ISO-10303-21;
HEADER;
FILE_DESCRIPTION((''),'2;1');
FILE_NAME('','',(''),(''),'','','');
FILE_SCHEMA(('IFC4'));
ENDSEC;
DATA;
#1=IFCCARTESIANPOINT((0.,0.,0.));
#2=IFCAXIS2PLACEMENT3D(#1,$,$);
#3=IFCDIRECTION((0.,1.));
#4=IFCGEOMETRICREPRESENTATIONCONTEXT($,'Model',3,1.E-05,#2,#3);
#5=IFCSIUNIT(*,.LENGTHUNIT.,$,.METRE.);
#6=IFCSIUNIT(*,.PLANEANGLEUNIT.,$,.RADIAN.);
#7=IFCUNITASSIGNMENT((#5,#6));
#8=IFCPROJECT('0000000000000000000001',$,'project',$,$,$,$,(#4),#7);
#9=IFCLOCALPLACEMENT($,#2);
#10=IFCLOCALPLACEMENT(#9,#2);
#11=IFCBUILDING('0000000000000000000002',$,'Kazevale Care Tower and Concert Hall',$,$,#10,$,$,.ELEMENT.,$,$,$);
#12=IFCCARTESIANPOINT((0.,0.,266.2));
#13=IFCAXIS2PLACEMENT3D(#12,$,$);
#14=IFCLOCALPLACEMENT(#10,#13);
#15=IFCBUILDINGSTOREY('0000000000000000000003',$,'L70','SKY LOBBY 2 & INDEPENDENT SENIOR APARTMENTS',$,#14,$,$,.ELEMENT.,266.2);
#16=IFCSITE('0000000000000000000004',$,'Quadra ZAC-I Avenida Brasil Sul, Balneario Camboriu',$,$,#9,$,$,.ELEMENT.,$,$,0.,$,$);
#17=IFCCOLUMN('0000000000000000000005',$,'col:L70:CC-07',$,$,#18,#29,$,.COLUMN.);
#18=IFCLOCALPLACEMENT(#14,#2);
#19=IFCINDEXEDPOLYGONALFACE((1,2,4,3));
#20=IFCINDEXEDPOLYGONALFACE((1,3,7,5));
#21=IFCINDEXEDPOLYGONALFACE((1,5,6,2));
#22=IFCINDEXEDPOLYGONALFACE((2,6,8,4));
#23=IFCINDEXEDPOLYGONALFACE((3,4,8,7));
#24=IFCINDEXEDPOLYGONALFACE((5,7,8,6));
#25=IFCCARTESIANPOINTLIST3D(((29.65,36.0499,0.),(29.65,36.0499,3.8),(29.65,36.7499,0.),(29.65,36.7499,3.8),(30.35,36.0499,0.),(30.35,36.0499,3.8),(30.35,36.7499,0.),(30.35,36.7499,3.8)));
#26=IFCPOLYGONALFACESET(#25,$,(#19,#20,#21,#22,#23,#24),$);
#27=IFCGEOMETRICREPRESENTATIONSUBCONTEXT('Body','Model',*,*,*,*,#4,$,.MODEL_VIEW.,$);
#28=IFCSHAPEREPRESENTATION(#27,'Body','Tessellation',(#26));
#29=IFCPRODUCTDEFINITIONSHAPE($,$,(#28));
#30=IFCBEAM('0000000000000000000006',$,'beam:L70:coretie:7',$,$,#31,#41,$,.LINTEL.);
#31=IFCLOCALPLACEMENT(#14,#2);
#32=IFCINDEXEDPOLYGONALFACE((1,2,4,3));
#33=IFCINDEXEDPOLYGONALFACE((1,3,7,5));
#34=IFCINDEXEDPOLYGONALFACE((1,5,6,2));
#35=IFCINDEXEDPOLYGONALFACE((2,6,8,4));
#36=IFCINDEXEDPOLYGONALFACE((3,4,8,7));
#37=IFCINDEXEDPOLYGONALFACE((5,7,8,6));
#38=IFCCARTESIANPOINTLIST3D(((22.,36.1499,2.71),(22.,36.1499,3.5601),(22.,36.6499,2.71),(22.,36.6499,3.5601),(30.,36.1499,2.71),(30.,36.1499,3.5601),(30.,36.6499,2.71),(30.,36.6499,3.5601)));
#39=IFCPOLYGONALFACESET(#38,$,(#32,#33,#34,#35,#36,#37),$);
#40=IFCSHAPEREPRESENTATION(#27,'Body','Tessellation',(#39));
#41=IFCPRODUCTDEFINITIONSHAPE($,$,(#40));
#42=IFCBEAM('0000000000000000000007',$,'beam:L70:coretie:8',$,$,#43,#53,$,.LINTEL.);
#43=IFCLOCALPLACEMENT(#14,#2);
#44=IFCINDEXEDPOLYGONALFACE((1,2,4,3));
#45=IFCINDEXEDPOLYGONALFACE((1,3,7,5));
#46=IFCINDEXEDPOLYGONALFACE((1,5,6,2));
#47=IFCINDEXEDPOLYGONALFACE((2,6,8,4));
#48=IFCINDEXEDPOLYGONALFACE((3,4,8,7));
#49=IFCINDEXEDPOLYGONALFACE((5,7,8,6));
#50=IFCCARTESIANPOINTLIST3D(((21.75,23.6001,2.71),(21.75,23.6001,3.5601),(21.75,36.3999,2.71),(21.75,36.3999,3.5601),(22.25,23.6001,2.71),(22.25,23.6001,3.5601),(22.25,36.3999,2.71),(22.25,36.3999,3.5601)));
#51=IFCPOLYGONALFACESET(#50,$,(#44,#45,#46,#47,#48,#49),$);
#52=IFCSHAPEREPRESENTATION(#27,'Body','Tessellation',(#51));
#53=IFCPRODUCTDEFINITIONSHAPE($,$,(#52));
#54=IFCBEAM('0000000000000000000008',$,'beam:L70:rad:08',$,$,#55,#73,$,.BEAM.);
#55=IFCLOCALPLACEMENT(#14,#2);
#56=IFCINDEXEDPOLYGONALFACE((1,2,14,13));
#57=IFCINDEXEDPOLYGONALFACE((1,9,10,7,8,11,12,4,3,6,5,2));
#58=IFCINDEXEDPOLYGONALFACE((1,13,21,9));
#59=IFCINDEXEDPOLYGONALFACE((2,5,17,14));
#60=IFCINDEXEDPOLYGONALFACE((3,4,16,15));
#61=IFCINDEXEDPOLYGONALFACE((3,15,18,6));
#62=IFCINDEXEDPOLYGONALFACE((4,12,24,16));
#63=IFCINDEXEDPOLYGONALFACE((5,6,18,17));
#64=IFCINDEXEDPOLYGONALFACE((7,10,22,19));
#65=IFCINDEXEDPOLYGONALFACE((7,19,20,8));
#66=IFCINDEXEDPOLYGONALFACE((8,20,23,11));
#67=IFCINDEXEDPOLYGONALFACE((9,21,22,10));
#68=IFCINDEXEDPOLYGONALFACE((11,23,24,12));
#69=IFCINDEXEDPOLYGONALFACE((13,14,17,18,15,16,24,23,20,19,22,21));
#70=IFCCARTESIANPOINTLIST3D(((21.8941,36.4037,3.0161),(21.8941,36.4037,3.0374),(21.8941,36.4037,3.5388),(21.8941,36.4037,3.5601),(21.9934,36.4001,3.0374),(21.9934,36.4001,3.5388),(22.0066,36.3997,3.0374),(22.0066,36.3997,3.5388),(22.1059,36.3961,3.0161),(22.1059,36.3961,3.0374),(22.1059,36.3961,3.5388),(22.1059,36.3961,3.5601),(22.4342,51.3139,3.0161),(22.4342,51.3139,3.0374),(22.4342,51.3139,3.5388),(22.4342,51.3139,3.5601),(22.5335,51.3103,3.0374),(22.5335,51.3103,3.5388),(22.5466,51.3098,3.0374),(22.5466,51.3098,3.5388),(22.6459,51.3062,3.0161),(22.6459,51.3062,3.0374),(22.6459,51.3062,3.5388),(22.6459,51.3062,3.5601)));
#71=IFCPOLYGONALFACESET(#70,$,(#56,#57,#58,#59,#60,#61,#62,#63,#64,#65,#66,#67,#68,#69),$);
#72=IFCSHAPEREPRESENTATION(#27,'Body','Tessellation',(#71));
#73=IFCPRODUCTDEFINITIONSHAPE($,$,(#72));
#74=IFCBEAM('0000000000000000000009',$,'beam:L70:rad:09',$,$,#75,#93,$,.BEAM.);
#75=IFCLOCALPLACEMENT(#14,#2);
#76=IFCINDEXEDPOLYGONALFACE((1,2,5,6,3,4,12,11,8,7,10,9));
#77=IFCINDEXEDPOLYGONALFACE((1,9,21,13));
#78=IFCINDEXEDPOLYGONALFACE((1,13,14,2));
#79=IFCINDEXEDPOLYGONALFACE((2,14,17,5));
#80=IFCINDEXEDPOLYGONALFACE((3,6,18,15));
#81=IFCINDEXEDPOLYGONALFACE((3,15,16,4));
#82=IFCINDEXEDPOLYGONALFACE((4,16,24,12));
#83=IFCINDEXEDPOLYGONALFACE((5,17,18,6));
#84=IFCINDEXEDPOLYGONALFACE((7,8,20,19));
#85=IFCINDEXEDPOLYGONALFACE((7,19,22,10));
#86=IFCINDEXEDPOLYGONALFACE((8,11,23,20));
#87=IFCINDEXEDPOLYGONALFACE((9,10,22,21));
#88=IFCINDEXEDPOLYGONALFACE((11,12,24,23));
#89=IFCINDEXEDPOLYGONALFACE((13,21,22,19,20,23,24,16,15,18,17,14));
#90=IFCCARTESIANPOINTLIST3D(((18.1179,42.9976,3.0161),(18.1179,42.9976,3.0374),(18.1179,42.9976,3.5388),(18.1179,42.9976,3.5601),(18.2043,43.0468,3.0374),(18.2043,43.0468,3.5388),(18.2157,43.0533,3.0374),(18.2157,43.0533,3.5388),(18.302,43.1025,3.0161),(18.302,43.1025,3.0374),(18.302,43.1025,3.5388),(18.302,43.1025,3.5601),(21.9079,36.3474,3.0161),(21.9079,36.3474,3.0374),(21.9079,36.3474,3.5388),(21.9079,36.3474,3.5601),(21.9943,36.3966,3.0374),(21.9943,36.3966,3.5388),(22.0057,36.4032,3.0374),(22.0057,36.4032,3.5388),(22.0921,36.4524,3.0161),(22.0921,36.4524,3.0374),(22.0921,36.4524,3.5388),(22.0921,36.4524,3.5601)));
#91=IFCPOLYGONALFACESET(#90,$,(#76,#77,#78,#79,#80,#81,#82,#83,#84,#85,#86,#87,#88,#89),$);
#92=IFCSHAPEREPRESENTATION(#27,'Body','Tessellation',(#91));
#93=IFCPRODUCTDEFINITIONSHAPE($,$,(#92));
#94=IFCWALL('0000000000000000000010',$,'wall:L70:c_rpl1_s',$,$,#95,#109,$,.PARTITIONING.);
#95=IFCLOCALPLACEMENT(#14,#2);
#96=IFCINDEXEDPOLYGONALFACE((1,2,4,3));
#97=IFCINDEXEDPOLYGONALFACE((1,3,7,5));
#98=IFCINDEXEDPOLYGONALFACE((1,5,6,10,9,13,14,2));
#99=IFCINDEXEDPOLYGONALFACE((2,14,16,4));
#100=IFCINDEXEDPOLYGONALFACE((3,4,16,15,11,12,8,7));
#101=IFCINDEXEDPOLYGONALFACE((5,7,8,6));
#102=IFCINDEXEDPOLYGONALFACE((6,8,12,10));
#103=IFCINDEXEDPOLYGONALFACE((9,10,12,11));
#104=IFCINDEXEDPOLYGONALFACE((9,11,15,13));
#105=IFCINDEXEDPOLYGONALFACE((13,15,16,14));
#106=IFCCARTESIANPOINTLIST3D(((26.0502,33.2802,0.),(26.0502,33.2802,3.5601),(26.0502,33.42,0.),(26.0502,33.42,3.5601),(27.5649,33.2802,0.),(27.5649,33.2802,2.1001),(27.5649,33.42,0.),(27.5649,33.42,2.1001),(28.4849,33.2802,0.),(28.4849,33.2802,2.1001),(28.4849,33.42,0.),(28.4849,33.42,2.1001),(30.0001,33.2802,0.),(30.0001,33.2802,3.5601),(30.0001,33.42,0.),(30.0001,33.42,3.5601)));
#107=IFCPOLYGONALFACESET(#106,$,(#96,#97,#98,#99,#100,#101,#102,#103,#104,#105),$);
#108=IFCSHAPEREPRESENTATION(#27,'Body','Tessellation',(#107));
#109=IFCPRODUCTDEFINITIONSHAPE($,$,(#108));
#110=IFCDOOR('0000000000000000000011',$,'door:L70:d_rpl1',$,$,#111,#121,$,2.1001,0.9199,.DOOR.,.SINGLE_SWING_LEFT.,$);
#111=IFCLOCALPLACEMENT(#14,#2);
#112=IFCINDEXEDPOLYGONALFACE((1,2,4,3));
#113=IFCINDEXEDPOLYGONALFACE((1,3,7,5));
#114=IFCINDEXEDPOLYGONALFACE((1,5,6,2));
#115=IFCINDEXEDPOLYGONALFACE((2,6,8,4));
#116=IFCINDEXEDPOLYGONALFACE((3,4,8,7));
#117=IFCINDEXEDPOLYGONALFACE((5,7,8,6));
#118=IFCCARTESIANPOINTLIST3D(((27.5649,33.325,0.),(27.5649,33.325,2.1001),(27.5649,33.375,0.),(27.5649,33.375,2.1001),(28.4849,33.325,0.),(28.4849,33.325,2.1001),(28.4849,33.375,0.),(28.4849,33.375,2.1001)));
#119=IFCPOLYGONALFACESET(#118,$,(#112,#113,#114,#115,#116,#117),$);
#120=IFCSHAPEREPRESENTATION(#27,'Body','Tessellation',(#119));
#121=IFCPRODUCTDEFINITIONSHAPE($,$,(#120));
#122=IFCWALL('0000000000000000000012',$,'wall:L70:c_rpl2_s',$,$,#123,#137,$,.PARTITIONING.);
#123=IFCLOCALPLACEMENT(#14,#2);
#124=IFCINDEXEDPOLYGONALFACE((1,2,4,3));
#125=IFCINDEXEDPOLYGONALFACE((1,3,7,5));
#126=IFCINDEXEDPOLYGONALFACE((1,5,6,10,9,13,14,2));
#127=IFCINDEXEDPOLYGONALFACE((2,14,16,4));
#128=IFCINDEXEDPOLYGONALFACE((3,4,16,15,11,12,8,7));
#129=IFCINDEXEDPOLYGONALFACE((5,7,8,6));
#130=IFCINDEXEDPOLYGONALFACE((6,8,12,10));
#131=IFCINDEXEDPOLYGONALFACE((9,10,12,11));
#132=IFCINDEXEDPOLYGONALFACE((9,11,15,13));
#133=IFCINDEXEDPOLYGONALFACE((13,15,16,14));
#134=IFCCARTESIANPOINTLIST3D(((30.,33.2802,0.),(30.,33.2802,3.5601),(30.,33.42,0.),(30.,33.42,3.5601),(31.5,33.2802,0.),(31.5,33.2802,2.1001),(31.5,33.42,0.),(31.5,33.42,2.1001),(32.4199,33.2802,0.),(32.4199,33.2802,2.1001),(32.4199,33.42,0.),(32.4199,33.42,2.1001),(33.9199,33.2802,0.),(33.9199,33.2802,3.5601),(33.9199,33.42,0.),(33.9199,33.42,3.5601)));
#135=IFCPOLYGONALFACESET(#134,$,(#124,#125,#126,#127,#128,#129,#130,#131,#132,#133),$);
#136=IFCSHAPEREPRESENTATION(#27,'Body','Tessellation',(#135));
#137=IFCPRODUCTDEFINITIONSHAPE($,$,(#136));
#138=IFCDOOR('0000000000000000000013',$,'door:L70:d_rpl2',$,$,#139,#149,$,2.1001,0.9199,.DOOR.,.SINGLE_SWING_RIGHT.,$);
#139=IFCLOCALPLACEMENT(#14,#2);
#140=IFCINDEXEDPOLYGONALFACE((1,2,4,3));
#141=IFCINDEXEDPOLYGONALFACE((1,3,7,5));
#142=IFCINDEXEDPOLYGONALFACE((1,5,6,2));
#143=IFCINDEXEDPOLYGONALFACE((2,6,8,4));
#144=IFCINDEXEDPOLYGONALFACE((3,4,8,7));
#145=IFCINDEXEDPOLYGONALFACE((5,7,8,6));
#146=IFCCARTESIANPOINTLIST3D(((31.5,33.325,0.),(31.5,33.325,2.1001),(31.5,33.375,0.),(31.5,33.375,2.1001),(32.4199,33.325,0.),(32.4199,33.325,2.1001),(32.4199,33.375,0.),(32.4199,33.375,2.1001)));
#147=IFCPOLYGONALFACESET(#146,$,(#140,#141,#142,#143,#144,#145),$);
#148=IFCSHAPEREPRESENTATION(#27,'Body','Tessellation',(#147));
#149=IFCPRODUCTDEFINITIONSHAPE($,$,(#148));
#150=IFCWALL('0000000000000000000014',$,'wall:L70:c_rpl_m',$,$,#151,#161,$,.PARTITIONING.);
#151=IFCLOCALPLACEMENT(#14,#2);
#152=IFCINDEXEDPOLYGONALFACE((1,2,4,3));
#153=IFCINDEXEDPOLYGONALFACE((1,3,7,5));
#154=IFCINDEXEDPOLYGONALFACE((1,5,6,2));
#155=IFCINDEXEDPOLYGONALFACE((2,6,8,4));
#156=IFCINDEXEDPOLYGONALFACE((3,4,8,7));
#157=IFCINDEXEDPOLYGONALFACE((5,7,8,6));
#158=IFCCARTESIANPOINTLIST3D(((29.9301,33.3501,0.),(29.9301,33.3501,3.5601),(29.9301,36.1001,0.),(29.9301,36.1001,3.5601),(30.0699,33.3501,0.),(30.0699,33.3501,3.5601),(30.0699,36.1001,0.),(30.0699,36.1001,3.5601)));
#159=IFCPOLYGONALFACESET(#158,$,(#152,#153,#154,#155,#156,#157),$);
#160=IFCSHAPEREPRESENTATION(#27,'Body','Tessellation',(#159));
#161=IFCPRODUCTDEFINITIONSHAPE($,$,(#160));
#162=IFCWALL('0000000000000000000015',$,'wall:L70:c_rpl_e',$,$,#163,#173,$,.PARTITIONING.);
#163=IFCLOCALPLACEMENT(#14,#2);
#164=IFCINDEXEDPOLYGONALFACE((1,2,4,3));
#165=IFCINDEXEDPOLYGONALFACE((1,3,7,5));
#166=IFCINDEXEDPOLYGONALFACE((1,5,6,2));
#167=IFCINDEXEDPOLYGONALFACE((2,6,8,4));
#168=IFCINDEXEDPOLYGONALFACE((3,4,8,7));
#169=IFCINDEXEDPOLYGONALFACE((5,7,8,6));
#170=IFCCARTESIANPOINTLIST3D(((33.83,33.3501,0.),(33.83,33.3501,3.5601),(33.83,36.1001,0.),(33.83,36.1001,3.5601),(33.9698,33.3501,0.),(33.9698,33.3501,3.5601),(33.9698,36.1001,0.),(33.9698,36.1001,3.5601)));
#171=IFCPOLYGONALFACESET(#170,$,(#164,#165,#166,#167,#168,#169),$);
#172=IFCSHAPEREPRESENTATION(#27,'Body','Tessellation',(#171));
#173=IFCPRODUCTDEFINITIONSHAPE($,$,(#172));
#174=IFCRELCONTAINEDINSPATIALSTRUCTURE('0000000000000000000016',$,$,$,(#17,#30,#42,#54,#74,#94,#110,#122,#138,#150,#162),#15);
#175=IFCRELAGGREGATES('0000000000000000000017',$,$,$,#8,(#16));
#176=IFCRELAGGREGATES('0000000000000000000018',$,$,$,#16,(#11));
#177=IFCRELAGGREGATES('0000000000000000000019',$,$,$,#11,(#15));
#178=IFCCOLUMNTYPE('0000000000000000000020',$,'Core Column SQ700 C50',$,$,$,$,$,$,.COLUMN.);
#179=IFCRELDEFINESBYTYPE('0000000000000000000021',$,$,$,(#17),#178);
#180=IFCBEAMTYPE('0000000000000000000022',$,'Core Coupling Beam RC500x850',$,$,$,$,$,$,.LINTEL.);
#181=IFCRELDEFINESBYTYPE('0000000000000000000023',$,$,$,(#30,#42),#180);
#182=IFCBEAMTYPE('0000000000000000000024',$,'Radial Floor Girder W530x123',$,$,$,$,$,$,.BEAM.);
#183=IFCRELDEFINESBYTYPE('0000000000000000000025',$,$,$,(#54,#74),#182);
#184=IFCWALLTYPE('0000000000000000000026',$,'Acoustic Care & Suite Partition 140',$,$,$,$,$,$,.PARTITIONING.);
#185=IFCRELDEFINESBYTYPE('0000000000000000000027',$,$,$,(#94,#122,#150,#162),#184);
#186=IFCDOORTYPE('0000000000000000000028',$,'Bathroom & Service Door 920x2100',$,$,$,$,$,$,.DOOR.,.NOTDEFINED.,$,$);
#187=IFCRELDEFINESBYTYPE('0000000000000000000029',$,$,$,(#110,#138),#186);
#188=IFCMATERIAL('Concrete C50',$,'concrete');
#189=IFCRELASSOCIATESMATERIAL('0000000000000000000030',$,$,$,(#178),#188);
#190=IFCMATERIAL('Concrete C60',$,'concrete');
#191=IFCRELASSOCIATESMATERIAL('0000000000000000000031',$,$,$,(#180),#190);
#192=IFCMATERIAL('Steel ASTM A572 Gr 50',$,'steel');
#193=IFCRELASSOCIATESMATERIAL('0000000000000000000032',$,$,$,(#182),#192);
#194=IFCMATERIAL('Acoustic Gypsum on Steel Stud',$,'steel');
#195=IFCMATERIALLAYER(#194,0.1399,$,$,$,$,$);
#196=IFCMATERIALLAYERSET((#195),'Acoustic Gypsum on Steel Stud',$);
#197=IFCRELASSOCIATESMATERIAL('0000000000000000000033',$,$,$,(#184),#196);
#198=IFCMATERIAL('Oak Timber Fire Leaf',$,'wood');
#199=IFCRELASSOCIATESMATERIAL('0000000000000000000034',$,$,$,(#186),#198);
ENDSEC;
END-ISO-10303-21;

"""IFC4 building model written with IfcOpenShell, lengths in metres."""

from ifc_helpers import new_model, si_unit, direction, frame, frame_2d, origin, origin_2d, place, context, subcontext, project, spatial, rectangle, i_section, extrude, material, layer, layer_set, material_profile, profile_set, type_object, element, fill, save


model = new_model("IFC4")

# Units and contexts
model_context = context("Model", 3, precision=1e-05, world=origin(), true_north=direction((0.0, 1.0)))
body_context = subcontext(model_context, "Body", "Model", "MODEL_VIEW")
ifc_project = project(units=[si_unit("LENGTHUNIT", "METRE"), si_unit("PLANEANGLEUNIT", "RADIAN")], contexts=[model_context])

# Site, building, storey
site_placement = place(None, origin())
site = spatial("IfcSite", under=ifc_project, at=site_placement, Name="Quadra ZAC-I Avenida Brasil Sul, Balneario Camboriu", CompositionType="ELEMENT", RefElevation=0.0)
building_placement = place(site_placement, origin())
building = spatial("IfcBuilding", under=site, at=building_placement, Name="Kazevale Care Tower and Concert Hall", CompositionType="ELEMENT")
storey_placement = place(building_placement, frame((0.0, 0.0, 266.2)))
storey = spatial("IfcBuildingStorey", under=building, at=storey_placement, Name="L70", Description="SKY LOBBY 2 & INDEPENDENT SENIOR APARTMENTS", CompositionType="ELEMENT", Elevation=266.2)

# Column
ifc_material_1 = material(Name="Concrete C50", Category="concrete")
ifc_material_profile_1 = material_profile(ifc_material_1, rectangle(XDim=0.7, YDim=0.7, at=origin_2d()), Name="RC-SQ700")
ifc_profile_set_1 = profile_set([ifc_material_profile_1], Name="Concrete C50")
column_type = type_object("IfcColumnType", Name="Core Column SQ700 C50", PredefinedType="COLUMN", material=ifc_profile_set_1)
column_placement = place(storey_placement, frame((30.0, 36.3999, 0.0), z_axis=(0.0, 0.0, 1.0), x_axis=(1.0, 0.0, 0.0)))
element("IfcColumn", 1, at=column_placement, inside=storey, type_object=column_type, Name="col:L70:CC-07", PredefinedType="COLUMN", context=body_context, shape_type="SweptSolid", body=[
    extrude(rectangle(XDim=0.7, YDim=0.7, at=origin_2d()), origin(), (0.0, 0.0, 1.0), 3.8),
])

# Beams
ifc_material_2 = material(Name="Concrete C60", Category="concrete")
ifc_material_profile_2 = material_profile(ifc_material_2, rectangle(XDim=0.5, YDim=0.8501, at=origin_2d()), Name="RC-B500x850")
ifc_profile_set_2 = profile_set([ifc_material_profile_2], Name="Concrete C60")
beam_type_1 = type_object("IfcBeamType", Name="Core Coupling Beam RC500x850", PredefinedType="LINTEL", material=ifc_profile_set_2)
beam_1_placement = place(storey_placement, frame((30.0, 36.3999, 3.135), z_axis=(-1.0, 0.0, 0.0), x_axis=(0.0, -1.0, 0.0)))
element("IfcBeam", 2, at=beam_1_placement, inside=storey, type_object=beam_type_1, Name="beam:L70:coretie:7", PredefinedType="LINTEL", context=body_context, shape_type="SweptSolid", body=[
    extrude(rectangle(XDim=0.5, YDim=0.8501, at=origin_2d()), origin(), (0.0, 0.0, 1.0), 8.0),
])
beam_2_placement = place(storey_placement, frame((22.0, 36.3999, 3.135), z_axis=(0.0, -1.0, 0.0), x_axis=(1.0, 0.0, 0.0)))
element("IfcBeam", 3, at=beam_2_placement, inside=storey, type_object=beam_type_1, Name="beam:L70:coretie:8", PredefinedType="LINTEL", context=body_context, shape_type="SweptSolid", body=[
    extrude(rectangle(XDim=0.5, YDim=0.8501, at=origin_2d()), origin(), (0.0, 0.0, 1.0), 12.7998),
])
ifc_material_3 = material(Name="Steel ASTM A572 Gr 50", Category="steel")
ifc_material_profile_3 = material_profile(ifc_material_3, i_section(OverallWidth=0.2119, OverallDepth=0.5439, WebThickness=0.0132, FlangeThickness=0.0212, at=origin_2d()), Name="W530x123")
ifc_profile_set_3 = profile_set([ifc_material_profile_3], Name="Steel ASTM A572 Gr 50")
beam_type_2 = type_object("IfcBeamType", Name="Radial Floor Girder W530x123", PredefinedType="BEAM", material=ifc_profile_set_3)
beam_3_placement = place(storey_placement, frame((22.0, 36.3999, 3.2881), z_axis=(0.036196, 0.999345, 0.0), x_axis=(-0.999345, 0.036196, 0.0)))
element("IfcBeam", 4, at=beam_3_placement, inside=storey, type_object=beam_type_2, Name="beam:L70:rad:08", PredefinedType="BEAM", context=body_context, shape_type="SweptSolid", body=[
    extrude(i_section(OverallWidth=0.2119, OverallDepth=0.5439, WebThickness=0.0132, FlangeThickness=0.0212, at=origin_2d()), origin(), (0.0, 0.0, 1.0), 14.9199),
])
beam_4_placement = place(storey_placement, frame((22.0, 36.3999, 3.2881), z_axis=(-0.495149, 0.868808, 0.0), x_axis=(-0.868808, -0.495149, 0.0)))
element("IfcBeam", 5, at=beam_4_placement, inside=storey, type_object=beam_type_2, Name="beam:L70:rad:09", PredefinedType="BEAM", context=body_context, shape_type="SweptSolid", body=[
    extrude(i_section(OverallWidth=0.2119, OverallDepth=0.5439, WebThickness=0.0132, FlangeThickness=0.0212, at=origin_2d()), origin(), (0.0, 0.0, 1.0), 7.6543),
])

# Walls, openings, doors
ifc_material_4 = material(Name="Acoustic Gypsum on Steel Stud", Category="steel")
ifc_layer_1 = layer(ifc_material_4, 0.1399)
ifc_layer_set_1 = layer_set([ifc_layer_1], Name="Acoustic Gypsum on Steel Stud")
wall_type_1 = type_object("IfcWallType", Name="Acoustic Care & Suite Partition 140", PredefinedType="PARTITIONING", material=ifc_layer_set_1)
wall_1_placement = place(storey_placement, frame((26.05, 33.3501, 0.0), z_axis=(0.0, 0.0, 1.0), x_axis=(1.0, 0.0, 0.0)))
wall_1 = element("IfcWall", 6, at=wall_1_placement, inside=storey, type_object=wall_type_1, Name="wall:L70:c_rpl1_s", PredefinedType="PARTITIONING", context=body_context, shape_type="SweptSolid", body=[
    extrude(rectangle(XDim=3.95, YDim=0.1399, at=frame_2d((1.9751, 0.0))), origin(), (0.0, 0.0, 1.0), 3.5601),
])
opening_1_placement = place(wall_1_placement, frame((1.5149, 0.0, 0.0)))
opening_1 = element("IfcOpeningElement", 7, at=opening_1_placement, cuts=wall_1, PredefinedType="OPENING", context=body_context, shape_type="SweptSolid", body=[
    extrude(rectangle(XDim=0.9199, YDim=2.1001, at=frame_2d((0.46, 1.05))), frame((0.0, 0.0798, 0.0), z_axis=(0.0, -1.0, 0.0), x_axis=(1.0, 0.0, 0.0)), (0.0, 0.0, 1.0), 0.1599),
])
ifc_material_5 = material(Name="Oak Timber Fire Leaf", Category="wood")
door_type_1 = type_object("IfcDoorType", Name="Bathroom & Service Door 920x2100", OperationType="NOTDEFINED", PredefinedType="DOOR", material=ifc_material_5)
door_1_placement = place(opening_1_placement, origin())
door_1 = element("IfcDoor", 8, at=door_1_placement, inside=storey, type_object=door_type_1, Name="door:L70:d_rpl1", OperationType="SINGLE_SWING_LEFT", OverallHeight=2.1001, OverallWidth=0.9199, PredefinedType="DOOR", context=body_context, shape_type="SweptSolid", body=[
    extrude(rectangle(XDim=0.9199, YDim=2.1001, at=frame_2d((0.46, 1.05))), frame((0.0, 0.0249, 0.0), z_axis=(0.0, -1.0, 0.0), x_axis=(1.0, 0.0, 0.0)), (0.0, 0.0, 1.0), 0.05),
])
fill(opening_1, door_1)
wall_2_placement = place(storey_placement, frame((30.0, 33.3501, 0.0), z_axis=(0.0, 0.0, 1.0), x_axis=(1.0, 0.0, 0.0)))
wall_2 = element("IfcWall", 9, at=wall_2_placement, inside=storey, type_object=wall_type_1, Name="wall:L70:c_rpl2_s", PredefinedType="PARTITIONING", context=body_context, shape_type="SweptSolid", body=[
    extrude(rectangle(XDim=3.9199, YDim=0.1399, at=frame_2d((1.96, 0.0))), origin(), (0.0, 0.0, 1.0), 3.5601),
])
opening_2_placement = place(wall_2_placement, frame((1.5, 0.0, 0.0)))
opening_2 = element("IfcOpeningElement", 10, at=opening_2_placement, cuts=wall_2, PredefinedType="OPENING", context=body_context, shape_type="SweptSolid", body=[
    extrude(rectangle(XDim=0.9199, YDim=2.1001, at=frame_2d((0.46, 1.05))), frame((0.0, 0.0798, 0.0), z_axis=(0.0, -1.0, 0.0), x_axis=(1.0, 0.0, 0.0)), (0.0, 0.0, 1.0), 0.1599),
])
door_2_placement = place(opening_2_placement, origin())
door_2 = element("IfcDoor", 11, at=door_2_placement, inside=storey, type_object=door_type_1, Name="door:L70:d_rpl2", OperationType="SINGLE_SWING_RIGHT", OverallHeight=2.1001, OverallWidth=0.9199, PredefinedType="DOOR", context=body_context, shape_type="SweptSolid", body=[
    extrude(rectangle(XDim=0.9199, YDim=2.1001, at=frame_2d((0.46, 1.05))), frame((0.0, 0.0249, 0.0), z_axis=(0.0, -1.0, 0.0), x_axis=(1.0, 0.0, 0.0)), (0.0, 0.0, 1.0), 0.05),
])
fill(opening_2, door_2)

# Walls
for number, where, z_axis, x_axis, name in (
    (12, (30.0, 33.3501, 0.0), (0.0, 0.0, 1.0), (0.0, 1.0, 0.0), "wall:L70:c_rpl_m"),
    (13, (33.8999, 33.3501, 0.0), (0.0, 0.0, 1.0), (0.0, 1.0, 0.0), "wall:L70:c_rpl_e"),
):
    element("IfcWall", number, at=place(storey_placement, frame(where, z_axis=z_axis, x_axis=x_axis)), inside=storey, type_object=wall_type_1, Name=name, PredefinedType="PARTITIONING", context=body_context, shape_type="SweptSolid", body=[
        extrude(rectangle(XDim=2.75, YDim=0.1399, at=frame_2d((1.375, 0.0))), origin(), (0.0, 0.0, 1.0), 3.5601),
    ])

save(model, "model.ifc")
